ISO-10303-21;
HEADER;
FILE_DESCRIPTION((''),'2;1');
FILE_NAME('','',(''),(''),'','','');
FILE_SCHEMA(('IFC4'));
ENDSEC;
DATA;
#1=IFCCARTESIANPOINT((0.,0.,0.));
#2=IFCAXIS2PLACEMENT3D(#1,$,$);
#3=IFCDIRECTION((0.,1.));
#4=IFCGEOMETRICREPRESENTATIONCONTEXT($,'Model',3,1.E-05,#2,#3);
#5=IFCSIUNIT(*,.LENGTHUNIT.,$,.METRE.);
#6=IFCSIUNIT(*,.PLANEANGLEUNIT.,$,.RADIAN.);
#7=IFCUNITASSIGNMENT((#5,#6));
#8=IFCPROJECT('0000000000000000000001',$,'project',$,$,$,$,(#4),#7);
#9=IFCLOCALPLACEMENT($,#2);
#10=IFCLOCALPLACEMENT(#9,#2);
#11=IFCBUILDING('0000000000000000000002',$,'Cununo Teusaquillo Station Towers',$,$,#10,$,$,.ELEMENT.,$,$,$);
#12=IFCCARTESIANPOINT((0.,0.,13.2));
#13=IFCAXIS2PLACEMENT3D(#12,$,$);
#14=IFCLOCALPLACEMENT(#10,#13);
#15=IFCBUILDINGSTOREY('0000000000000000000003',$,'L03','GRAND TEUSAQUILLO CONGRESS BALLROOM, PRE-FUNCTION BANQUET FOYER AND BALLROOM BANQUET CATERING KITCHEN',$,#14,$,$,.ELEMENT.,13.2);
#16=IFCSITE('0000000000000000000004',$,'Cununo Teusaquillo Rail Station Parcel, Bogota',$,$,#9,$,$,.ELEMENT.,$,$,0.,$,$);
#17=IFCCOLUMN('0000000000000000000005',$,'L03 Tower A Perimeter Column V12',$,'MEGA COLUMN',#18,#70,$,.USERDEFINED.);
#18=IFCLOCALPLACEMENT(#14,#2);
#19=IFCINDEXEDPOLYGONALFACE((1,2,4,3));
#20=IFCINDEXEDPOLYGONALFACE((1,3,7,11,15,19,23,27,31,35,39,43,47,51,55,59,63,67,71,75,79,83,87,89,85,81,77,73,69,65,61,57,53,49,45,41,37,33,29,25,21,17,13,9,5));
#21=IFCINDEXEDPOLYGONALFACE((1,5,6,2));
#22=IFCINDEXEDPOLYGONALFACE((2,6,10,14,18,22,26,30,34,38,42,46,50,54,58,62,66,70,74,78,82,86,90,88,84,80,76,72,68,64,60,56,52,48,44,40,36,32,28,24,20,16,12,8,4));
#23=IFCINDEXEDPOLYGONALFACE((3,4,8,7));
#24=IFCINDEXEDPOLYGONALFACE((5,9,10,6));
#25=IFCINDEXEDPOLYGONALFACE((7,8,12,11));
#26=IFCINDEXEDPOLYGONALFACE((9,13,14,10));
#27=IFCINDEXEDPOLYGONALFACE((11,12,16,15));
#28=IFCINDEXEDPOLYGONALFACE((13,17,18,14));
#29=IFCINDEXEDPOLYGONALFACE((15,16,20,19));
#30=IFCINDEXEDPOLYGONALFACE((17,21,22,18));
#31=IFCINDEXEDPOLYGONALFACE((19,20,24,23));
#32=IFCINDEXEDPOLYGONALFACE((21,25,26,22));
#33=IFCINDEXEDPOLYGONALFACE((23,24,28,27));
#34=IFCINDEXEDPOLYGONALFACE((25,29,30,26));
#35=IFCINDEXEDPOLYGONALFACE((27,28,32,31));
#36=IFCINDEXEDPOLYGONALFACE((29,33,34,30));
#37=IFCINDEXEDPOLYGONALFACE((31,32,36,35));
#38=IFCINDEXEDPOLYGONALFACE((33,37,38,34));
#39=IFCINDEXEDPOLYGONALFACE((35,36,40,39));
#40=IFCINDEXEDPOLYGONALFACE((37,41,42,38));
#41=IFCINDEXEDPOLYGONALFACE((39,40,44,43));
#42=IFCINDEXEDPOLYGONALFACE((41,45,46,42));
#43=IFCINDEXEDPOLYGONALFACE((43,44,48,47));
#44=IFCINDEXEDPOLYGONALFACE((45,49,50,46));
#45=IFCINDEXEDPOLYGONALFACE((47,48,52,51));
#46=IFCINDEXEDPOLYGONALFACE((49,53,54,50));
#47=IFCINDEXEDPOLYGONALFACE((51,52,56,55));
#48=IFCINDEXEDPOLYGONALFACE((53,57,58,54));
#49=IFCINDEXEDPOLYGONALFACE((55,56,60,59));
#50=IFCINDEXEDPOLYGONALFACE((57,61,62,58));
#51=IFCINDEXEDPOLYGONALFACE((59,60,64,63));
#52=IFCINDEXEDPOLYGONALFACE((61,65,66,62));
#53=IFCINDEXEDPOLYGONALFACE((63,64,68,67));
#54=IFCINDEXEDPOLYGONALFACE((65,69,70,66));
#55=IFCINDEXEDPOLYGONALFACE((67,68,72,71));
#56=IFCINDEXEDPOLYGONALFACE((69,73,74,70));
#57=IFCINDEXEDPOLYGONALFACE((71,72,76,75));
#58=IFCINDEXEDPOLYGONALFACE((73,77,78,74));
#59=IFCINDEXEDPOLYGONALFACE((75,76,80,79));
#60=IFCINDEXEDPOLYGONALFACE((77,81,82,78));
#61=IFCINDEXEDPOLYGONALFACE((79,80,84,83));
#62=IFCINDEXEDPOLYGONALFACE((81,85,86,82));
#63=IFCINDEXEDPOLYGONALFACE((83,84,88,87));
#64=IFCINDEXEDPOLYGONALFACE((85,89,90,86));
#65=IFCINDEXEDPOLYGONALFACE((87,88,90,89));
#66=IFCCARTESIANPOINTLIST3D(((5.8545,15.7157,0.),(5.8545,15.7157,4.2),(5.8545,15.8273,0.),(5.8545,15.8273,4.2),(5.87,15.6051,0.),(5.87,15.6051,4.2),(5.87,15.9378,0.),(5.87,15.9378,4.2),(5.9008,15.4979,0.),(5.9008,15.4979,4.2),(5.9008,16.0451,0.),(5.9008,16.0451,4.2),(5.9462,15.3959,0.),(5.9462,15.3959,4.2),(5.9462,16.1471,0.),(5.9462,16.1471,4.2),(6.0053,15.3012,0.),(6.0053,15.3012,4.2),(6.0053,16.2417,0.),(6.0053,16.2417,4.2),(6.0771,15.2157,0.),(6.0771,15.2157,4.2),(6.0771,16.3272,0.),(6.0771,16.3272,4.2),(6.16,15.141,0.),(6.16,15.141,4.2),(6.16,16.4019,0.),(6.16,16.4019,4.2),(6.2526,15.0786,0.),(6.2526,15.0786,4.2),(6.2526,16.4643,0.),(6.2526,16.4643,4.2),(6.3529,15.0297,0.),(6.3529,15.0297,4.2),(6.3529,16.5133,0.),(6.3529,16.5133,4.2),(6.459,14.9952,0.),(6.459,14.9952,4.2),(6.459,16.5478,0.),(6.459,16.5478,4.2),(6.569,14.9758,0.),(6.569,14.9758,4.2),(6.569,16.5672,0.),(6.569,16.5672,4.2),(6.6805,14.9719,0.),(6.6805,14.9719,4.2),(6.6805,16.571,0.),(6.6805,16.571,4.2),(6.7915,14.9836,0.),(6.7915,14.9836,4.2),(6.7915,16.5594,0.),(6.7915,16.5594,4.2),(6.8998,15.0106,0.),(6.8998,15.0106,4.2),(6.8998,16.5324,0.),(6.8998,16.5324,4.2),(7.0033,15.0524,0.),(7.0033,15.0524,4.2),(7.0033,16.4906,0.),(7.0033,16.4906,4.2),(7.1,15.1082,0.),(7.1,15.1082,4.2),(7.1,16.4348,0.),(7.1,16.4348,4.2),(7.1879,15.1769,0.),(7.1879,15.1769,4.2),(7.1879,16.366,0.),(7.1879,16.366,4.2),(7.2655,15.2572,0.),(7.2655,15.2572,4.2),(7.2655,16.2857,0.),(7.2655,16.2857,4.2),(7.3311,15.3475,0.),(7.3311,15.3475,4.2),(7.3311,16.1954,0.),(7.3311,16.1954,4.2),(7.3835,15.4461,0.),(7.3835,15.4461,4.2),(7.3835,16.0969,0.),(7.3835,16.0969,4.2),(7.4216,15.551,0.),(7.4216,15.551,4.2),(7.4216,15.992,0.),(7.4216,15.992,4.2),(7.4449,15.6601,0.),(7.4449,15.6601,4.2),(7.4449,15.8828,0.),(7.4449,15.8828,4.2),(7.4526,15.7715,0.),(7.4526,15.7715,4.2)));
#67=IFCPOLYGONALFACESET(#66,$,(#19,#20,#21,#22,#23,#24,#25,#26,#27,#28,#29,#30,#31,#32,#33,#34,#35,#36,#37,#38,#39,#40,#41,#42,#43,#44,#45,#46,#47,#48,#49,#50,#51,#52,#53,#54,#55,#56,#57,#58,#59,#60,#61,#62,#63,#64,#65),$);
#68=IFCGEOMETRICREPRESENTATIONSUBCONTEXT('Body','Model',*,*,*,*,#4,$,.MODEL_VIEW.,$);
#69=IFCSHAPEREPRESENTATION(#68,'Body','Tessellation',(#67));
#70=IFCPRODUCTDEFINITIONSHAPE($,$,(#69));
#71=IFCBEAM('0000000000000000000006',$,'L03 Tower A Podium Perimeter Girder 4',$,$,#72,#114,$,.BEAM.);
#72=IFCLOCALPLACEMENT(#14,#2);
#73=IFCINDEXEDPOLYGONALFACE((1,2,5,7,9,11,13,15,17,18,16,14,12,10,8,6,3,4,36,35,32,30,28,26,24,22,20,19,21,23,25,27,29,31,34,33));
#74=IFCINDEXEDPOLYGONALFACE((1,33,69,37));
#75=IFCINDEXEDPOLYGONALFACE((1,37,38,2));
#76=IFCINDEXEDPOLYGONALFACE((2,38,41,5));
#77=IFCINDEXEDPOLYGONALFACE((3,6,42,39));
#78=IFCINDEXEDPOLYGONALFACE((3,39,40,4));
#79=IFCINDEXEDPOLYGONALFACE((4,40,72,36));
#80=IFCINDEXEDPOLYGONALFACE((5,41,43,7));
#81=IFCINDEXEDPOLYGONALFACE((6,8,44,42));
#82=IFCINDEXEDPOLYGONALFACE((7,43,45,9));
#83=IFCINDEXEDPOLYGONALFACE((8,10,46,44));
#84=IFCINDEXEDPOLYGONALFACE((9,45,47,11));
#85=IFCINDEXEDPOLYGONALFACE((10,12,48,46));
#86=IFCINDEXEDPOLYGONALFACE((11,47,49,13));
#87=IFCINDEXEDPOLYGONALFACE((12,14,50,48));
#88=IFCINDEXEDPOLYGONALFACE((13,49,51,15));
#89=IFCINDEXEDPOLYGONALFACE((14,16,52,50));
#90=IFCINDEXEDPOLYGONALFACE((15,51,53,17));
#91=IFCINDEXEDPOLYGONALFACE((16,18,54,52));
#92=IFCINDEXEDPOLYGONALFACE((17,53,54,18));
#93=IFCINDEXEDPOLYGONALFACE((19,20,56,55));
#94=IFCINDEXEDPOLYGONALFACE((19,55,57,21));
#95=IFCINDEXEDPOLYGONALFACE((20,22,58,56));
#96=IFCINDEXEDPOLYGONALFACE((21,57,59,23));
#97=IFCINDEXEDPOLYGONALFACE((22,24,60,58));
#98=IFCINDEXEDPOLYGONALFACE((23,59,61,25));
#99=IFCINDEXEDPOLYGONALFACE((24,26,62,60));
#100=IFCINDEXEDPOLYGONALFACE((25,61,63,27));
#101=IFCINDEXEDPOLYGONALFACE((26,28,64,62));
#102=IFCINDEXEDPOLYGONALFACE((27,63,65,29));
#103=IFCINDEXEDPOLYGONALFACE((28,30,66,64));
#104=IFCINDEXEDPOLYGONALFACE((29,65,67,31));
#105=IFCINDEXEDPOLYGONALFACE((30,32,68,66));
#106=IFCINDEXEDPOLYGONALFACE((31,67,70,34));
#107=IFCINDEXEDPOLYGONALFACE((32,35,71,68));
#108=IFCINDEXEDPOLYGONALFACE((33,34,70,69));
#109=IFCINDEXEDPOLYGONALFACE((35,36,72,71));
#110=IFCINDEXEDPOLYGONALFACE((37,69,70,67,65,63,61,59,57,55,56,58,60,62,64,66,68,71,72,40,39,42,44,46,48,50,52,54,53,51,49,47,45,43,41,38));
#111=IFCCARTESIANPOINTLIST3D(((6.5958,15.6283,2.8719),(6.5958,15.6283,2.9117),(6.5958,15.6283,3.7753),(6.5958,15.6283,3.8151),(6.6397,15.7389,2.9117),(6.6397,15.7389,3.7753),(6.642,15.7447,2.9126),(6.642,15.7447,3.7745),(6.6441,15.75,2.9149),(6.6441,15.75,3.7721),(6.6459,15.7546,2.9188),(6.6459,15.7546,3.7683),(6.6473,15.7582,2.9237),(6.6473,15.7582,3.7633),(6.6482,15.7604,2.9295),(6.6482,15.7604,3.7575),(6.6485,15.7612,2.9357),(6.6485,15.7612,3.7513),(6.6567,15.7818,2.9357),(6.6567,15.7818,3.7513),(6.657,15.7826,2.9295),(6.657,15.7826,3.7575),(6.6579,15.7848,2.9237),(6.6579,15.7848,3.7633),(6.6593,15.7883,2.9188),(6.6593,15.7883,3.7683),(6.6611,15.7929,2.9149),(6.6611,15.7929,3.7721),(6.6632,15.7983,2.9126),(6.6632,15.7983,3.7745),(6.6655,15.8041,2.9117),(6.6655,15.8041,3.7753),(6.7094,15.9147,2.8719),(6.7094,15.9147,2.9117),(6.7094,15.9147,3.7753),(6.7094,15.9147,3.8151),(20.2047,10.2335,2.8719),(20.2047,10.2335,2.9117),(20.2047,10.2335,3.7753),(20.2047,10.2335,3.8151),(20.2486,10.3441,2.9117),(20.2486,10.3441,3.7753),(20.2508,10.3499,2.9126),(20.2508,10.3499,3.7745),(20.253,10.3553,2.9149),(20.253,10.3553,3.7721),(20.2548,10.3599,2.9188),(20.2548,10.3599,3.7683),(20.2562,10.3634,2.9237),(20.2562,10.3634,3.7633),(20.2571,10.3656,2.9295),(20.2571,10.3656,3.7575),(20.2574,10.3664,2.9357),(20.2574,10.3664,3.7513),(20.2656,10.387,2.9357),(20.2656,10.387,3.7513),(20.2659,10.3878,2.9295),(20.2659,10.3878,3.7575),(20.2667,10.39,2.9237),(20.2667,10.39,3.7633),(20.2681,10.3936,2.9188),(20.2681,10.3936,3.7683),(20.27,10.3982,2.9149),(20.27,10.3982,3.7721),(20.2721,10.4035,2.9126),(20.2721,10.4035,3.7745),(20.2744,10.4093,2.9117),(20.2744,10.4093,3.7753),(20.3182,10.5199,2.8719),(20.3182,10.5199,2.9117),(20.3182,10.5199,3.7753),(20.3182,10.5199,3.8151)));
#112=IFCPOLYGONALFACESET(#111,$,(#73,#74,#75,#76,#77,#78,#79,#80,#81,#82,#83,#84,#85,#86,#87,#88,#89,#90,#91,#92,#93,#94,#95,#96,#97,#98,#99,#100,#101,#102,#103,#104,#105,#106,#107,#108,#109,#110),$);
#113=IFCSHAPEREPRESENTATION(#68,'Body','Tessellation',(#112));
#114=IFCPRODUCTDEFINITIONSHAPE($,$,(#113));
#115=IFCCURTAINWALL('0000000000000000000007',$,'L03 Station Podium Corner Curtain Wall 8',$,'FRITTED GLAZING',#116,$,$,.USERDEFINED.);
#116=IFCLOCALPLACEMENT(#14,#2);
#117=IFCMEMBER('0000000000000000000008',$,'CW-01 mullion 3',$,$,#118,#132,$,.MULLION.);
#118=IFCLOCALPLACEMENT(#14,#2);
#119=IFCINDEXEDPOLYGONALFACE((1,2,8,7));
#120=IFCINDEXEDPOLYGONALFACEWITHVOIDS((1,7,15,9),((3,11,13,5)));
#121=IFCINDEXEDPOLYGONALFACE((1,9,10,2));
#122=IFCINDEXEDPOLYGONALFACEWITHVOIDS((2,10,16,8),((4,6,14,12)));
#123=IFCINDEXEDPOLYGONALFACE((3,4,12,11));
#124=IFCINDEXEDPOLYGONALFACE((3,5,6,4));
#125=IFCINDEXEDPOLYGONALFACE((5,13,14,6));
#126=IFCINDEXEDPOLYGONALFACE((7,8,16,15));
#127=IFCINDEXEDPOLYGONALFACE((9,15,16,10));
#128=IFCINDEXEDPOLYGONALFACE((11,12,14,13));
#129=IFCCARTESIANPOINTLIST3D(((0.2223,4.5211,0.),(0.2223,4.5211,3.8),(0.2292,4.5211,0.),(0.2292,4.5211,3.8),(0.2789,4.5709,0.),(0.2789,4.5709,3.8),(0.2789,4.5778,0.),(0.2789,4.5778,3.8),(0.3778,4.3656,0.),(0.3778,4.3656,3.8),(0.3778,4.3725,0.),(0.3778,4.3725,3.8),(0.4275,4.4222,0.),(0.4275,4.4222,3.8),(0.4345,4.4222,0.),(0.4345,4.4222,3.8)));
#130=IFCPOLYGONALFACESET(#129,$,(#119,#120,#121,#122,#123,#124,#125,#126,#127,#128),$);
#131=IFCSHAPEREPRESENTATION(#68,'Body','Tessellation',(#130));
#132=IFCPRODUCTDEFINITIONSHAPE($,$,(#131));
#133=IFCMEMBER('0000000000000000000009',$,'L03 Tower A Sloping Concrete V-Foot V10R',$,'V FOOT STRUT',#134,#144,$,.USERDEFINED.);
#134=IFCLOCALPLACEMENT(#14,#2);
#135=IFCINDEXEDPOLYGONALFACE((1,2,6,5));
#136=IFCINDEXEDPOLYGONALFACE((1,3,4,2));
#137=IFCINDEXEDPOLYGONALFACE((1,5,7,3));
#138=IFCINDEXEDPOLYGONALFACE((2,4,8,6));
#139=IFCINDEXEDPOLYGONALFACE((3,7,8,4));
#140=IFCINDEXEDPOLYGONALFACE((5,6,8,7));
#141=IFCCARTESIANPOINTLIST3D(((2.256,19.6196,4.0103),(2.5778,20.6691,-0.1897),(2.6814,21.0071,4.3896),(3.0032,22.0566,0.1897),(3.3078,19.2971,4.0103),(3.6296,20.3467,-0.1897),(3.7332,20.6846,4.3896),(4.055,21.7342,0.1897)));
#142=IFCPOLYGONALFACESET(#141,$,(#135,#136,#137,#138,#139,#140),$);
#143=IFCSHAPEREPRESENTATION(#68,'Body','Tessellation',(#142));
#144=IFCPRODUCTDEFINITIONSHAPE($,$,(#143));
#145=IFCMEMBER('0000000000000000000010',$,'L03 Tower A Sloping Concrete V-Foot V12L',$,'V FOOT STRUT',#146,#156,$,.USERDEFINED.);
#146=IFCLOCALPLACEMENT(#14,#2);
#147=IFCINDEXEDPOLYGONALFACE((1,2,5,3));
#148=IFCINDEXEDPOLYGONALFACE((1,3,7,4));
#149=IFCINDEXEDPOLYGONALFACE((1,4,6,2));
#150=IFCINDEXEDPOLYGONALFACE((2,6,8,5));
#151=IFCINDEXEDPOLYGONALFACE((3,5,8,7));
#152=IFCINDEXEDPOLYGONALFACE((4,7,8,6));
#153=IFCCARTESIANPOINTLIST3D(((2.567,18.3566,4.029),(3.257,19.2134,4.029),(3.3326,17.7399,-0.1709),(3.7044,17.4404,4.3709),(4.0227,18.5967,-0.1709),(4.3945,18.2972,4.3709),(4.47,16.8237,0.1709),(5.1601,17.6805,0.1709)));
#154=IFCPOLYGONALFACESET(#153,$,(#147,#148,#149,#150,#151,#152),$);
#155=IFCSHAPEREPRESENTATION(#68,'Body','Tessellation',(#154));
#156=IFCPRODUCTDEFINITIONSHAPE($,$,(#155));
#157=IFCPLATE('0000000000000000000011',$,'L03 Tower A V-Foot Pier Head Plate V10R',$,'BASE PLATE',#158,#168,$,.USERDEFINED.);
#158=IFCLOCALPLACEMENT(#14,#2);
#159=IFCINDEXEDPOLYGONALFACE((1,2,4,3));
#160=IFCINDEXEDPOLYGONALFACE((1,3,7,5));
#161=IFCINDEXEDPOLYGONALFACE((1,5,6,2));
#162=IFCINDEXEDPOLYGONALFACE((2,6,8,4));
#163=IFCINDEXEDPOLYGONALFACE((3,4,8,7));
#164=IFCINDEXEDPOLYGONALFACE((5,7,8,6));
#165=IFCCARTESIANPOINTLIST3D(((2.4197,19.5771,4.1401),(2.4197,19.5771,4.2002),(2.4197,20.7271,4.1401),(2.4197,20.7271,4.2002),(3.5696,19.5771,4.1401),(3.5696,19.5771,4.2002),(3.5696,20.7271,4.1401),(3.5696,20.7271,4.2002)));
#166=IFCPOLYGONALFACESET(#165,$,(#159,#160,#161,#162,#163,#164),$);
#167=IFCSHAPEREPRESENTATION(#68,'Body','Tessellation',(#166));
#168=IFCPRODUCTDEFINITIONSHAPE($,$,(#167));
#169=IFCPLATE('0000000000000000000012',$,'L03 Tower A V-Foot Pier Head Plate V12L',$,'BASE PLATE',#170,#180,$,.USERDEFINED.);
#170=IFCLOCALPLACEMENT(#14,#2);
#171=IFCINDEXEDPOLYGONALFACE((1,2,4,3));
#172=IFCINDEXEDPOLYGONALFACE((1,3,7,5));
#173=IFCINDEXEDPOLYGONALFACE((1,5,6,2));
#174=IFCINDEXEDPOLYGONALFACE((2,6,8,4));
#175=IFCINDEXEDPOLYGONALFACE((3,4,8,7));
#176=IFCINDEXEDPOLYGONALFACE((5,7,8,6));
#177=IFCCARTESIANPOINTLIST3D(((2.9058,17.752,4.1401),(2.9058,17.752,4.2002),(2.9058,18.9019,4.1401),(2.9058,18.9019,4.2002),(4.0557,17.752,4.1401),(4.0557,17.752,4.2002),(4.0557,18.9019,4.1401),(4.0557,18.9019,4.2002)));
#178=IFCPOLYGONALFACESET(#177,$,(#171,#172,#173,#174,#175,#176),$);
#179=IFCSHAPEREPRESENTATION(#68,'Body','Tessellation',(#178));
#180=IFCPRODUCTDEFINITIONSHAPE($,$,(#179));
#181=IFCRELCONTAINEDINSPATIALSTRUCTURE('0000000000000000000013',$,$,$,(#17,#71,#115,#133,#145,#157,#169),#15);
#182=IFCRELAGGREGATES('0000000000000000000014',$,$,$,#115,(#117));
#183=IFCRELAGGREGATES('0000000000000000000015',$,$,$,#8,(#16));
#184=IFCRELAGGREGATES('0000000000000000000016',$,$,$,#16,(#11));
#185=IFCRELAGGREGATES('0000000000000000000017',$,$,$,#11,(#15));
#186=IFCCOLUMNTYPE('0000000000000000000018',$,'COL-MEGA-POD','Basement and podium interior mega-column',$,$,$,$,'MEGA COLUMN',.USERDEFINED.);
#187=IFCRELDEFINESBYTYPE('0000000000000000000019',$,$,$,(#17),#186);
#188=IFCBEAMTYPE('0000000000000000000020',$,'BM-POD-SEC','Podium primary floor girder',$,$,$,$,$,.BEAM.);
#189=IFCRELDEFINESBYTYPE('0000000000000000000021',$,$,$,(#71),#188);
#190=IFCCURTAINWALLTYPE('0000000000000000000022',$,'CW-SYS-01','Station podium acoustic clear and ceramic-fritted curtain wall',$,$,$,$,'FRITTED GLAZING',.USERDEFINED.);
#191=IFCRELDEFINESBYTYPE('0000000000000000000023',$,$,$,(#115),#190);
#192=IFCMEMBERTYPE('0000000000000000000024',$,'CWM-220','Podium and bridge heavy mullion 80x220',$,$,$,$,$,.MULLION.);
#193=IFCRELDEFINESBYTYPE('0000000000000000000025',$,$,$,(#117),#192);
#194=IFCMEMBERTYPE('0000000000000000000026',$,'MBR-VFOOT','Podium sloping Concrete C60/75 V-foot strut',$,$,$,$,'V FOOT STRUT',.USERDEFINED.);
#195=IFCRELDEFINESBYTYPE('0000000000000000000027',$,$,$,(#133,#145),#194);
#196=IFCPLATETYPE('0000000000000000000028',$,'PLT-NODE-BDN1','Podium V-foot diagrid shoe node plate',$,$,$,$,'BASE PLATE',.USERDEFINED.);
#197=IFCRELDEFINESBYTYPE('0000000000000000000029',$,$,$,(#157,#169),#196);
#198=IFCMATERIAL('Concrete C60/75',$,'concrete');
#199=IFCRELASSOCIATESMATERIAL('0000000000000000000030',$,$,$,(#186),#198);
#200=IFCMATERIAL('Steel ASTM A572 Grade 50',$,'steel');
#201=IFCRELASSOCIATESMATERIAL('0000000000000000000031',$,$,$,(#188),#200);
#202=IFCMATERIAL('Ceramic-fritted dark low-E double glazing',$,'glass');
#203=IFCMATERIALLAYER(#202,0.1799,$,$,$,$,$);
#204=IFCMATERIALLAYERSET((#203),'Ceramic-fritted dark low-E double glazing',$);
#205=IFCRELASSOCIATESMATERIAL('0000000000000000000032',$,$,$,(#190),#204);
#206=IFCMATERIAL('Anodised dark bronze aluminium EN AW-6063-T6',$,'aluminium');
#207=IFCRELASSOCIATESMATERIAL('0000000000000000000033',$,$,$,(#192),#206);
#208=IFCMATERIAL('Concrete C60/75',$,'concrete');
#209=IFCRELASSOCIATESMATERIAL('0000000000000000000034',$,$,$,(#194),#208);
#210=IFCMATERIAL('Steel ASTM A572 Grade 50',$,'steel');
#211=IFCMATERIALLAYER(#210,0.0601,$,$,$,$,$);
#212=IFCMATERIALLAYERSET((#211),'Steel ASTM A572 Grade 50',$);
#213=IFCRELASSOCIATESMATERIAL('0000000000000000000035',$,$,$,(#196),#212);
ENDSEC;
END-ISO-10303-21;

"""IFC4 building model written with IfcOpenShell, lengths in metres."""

from ifc_helpers import new_model, si_unit, direction, frame, origin, origin_2d, place, context, subcontext, project, spatial, rectangle, hollow_rectangle, circle, i_section, extrude, source, transform, mapped, material, layer, layer_set, material_profile, profile_set, type_object, element, aggregate, save


model = new_model("IFC4")

# Units and contexts
model_context = context("Model", 3, precision=1e-05, world=origin(), true_north=direction((0.0, 1.0)))
body_context = subcontext(model_context, "Body", "Model", "MODEL_VIEW")
ifc_project = project(units=[si_unit("LENGTHUNIT", "METRE"), si_unit("PLANEANGLEUNIT", "RADIAN")], contexts=[model_context])

# Site, building, storey
site_placement = place(None, origin())
site = spatial("IfcSite", under=ifc_project, at=site_placement, Name="Cununo Teusaquillo Rail Station Parcel, Bogota", CompositionType="ELEMENT", RefElevation=0.0)
building_placement = place(site_placement, origin())
building = spatial("IfcBuilding", under=site, at=building_placement, Name="Cununo Teusaquillo Station Towers", CompositionType="ELEMENT")
storey_placement = place(building_placement, frame((0.0, 0.0, 13.2)))
storey = spatial("IfcBuildingStorey", under=building, at=storey_placement, Name="L03", Description="GRAND TEUSAQUILLO CONGRESS BALLROOM, PRE-FUNCTION BANQUET FOYER AND BALLROOM BANQUET CATERING KITCHEN", CompositionType="ELEMENT", Elevation=13.2)

# Column
ifc_material_1 = material(Name="Concrete C60/75", Category="concrete")
ifc_material_profile_1 = material_profile(ifc_material_1, circle(Radius=0.8, at=origin_2d()), Name="RC-CIRC-1600")
ifc_profile_set_1 = profile_set([ifc_material_profile_1], Name="Concrete C60/75")
column_type = type_object("IfcColumnType", Name="COL-MEGA-POD", Description="Basement and podium interior mega-column", ElementType="MEGA COLUMN", PredefinedType="USERDEFINED", material=ifc_profile_set_1)
column_placement = place(storey_placement, frame((6.6526, 15.7715, 0.0), z_axis=(0.0, 0.0, 1.0), x_axis=(1.0, 0.0, 0.0)))
element("IfcColumn", 1, at=column_placement, inside=storey, type_object=column_type, Name="L03 Tower A Perimeter Column V12", ObjectType="MEGA COLUMN", PredefinedType="USERDEFINED", context=body_context, shape_type="SweptSolid", body=[
    extrude(circle(Radius=0.8, at=origin_2d()), origin(), (0.0, 0.0, 1.0), 4.2),
])

# Beam
ifc_material_2 = material(Name="Steel ASTM A572 Grade 50", Category="steel")
ifc_material_profile_2 = material_profile(ifc_material_2, i_section(OverallWidth=0.3081, OverallDepth=0.9431, WebThickness=0.0222, FlangeThickness=0.0398, FilletRadius=0.0239, at=origin_2d()), Name="W36X232")
ifc_profile_set_2 = profile_set([ifc_material_profile_2], Name="Steel ASTM A572 Grade 50")
beam_type = type_object("IfcBeamType", Name="BM-POD-SEC", Description="Podium primary floor girder", PredefinedType="BEAM", material=ifc_profile_set_2)
beam_placement = place(storey_placement, frame((6.6526, 15.7715, 3.3435), z_axis=(0.929621, -0.368516, 0.0), x_axis=(0.368516, 0.929621, 0.0)))
element("IfcBeam", 2, at=beam_placement, inside=storey, type_object=beam_type, Name="L03 Tower A Podium Perimeter Girder 4", PredefinedType="BEAM", context=body_context, shape_type="SweptSolid", body=[
    extrude(i_section(OverallWidth=0.3081, OverallDepth=0.9431, WebThickness=0.0222, FlangeThickness=0.0398, FilletRadius=0.0239, at=origin_2d()), origin(), (0.0, 0.0, 1.0), 14.6392),
])

# Curtain wall, member
ifc_material_3 = material(Name="Ceramic-fritted dark low-E double glazing", Category="glass")
ifc_layer_1 = layer(ifc_material_3, 0.1799)
ifc_layer_set_1 = layer_set([ifc_layer_1], Name="Ceramic-fritted dark low-E double glazing")
curtain_wall_type = type_object("IfcCurtainWallType", Name="CW-SYS-01", Description="Station podium acoustic clear and ceramic-fritted curtain wall", ElementType="FRITTED GLAZING", PredefinedType="USERDEFINED", material=ifc_layer_set_1)
curtain_wall_placement = place(storey_placement, origin())
curtain_wall = element("IfcCurtainWall", 3, at=curtain_wall_placement, inside=storey, type_object=curtain_wall_type, Name="L03 Station Podium Corner Curtain Wall 8", ObjectType="FRITTED GLAZING", PredefinedType="USERDEFINED")
ifc_material_4 = material(Name="Anodised dark bronze aluminium EN AW-6063-T6", Category="aluminium")
ifc_material_profile_3 = material_profile(ifc_material_4, hollow_rectangle(XDim=0.0801, YDim=0.22, WallThickness=0.0049, at=origin_2d()), Name="CW-MULL-80x220")
ifc_profile_set_3 = profile_set([ifc_material_profile_3], Name="Anodised dark bronze aluminium EN AW-6063-T6")
member_type_1 = type_object("IfcMemberType", Name="CWM-220", Description="Podium and bridge heavy mullion 80x220", PredefinedType="MULLION", material=ifc_profile_set_3)
member_1_placement = place(storey_placement, frame((0.3284, 4.4717, 0.0), z_axis=(0.0, 0.0, 1.0), x_axis=(-0.707107, -0.707107, 0.0)))
member_1 = element("IfcMember", 4, at=member_1_placement, type_object=member_type_1, Name="CW-01 mullion 3", PredefinedType="MULLION", context=body_context, shape_type="SweptSolid", body=[
    extrude(hollow_rectangle(XDim=0.0801, YDim=0.22, WallThickness=0.0049, at=origin_2d()), origin(), (0.0, 0.0, 1.0), 3.8),
])

# Members
ifc_material_5 = material(Name="Concrete C60/75", Category="concrete")
ifc_material_profile_4 = material_profile(ifc_material_5, rectangle(XDim=1.1001, YDim=1.5, at=origin_2d()), Name="RC-RECT-1500x1100")
ifc_profile_set_4 = profile_set([ifc_material_profile_4], Name="Concrete C60/75")
member_type_2 = type_object("IfcMemberType", Name="MBR-VFOOT", Description="Podium sloping Concrete C60/75 V-foot strut", ElementType="V FOOT STRUT", PredefinedType="USERDEFINED", material=ifc_profile_set_4)
member_2_placement = place(storey_placement, frame((3.3164, 21.2017, 0.0), z_axis=(-0.074124, -0.241776, 0.967497), x_axis=(0.956077, -0.293117, 0.0)))
element("IfcMember", 5, at=member_2_placement, inside=storey, type_object=member_type_2, Name="L03 Tower A Sloping Concrete V-Foot V10R", ObjectType="V FOOT STRUT", PredefinedType="USERDEFINED", context=body_context, shape_type="SweptSolid", body=[
    extrude(rectangle(XDim=1.1001, YDim=1.5, at=origin_2d()), origin(), (0.0, 0.0, 1.0), 4.3411),
])
member_3_placement = place(storey_placement, frame((4.2463, 17.7102, 0.0), z_axis=(-0.177496, 0.14297, 0.973681), x_axis=(-0.627296, -0.778781, 0.0)))
element("IfcMember", 6, at=member_3_placement, inside=storey, type_object=member_type_2, Name="L03 Tower A Sloping Concrete V-Foot V12L", ObjectType="V FOOT STRUT", PredefinedType="USERDEFINED", context=body_context, shape_type="SweptSolid", body=[
    extrude(rectangle(XDim=1.1001, YDim=1.5, at=origin_2d()), origin(), (0.0, 0.0, 1.0), 4.3135),
])

# Plates
ifc_material_6 = material(Name="Steel ASTM A572 Grade 50", Category="steel")
ifc_layer_2 = layer(ifc_material_6, 0.0601)
ifc_layer_set_2 = layer_set([ifc_layer_2], Name="Steel ASTM A572 Grade 50")
plate_type_1 = type_object("IfcPlateType", Name="PLT-NODE-BDN1", Description="Podium V-foot diagrid shoe node plate", ElementType="BASE PLATE", PredefinedType="USERDEFINED", material=ifc_layer_set_2)
shared_shape_1 = source(origin(), body_context, "Body", "SweptSolid", [
    extrude(rectangle(XDim=1.1499, YDim=1.1499, at=origin_2d()), origin(), (0.0, 0.0, 1.0), 0.0601),
])
for number, where, z_axis, x_axis, name in (
    (7, (2.9946, 20.1521, 4.1401), (0.0, 0.0, 1.0), (1.0, 0.0, 0.0), "L03 Tower A V-Foot Pier Head Plate V10R"),
    (8, (3.4807, 18.3269, 4.1401), (0.0, 0.0, 1.0), (1.0, 0.0, 0.0), "L03 Tower A V-Foot Pier Head Plate V12L"),
):
    element("IfcPlate", number, at=place(storey_placement, frame(where, z_axis=z_axis, x_axis=x_axis)), inside=storey, type_object=plate_type_1, Name=name, ObjectType="BASE PLATE", PredefinedType="USERDEFINED", context=body_context, shape_type="MappedRepresentation", body=[
        mapped(shared_shape_1, transform((0.0, 0.0, 0.0), x_axis=(1.0, 0.0, 0.0), y_axis=(0.0, 1.0, 0.0), z_axis=(0.0, 0.0, 1.0), scale=1.0)),
    ])

aggregate(curtain_wall, [member_1])

save(model, "model.ifc")
